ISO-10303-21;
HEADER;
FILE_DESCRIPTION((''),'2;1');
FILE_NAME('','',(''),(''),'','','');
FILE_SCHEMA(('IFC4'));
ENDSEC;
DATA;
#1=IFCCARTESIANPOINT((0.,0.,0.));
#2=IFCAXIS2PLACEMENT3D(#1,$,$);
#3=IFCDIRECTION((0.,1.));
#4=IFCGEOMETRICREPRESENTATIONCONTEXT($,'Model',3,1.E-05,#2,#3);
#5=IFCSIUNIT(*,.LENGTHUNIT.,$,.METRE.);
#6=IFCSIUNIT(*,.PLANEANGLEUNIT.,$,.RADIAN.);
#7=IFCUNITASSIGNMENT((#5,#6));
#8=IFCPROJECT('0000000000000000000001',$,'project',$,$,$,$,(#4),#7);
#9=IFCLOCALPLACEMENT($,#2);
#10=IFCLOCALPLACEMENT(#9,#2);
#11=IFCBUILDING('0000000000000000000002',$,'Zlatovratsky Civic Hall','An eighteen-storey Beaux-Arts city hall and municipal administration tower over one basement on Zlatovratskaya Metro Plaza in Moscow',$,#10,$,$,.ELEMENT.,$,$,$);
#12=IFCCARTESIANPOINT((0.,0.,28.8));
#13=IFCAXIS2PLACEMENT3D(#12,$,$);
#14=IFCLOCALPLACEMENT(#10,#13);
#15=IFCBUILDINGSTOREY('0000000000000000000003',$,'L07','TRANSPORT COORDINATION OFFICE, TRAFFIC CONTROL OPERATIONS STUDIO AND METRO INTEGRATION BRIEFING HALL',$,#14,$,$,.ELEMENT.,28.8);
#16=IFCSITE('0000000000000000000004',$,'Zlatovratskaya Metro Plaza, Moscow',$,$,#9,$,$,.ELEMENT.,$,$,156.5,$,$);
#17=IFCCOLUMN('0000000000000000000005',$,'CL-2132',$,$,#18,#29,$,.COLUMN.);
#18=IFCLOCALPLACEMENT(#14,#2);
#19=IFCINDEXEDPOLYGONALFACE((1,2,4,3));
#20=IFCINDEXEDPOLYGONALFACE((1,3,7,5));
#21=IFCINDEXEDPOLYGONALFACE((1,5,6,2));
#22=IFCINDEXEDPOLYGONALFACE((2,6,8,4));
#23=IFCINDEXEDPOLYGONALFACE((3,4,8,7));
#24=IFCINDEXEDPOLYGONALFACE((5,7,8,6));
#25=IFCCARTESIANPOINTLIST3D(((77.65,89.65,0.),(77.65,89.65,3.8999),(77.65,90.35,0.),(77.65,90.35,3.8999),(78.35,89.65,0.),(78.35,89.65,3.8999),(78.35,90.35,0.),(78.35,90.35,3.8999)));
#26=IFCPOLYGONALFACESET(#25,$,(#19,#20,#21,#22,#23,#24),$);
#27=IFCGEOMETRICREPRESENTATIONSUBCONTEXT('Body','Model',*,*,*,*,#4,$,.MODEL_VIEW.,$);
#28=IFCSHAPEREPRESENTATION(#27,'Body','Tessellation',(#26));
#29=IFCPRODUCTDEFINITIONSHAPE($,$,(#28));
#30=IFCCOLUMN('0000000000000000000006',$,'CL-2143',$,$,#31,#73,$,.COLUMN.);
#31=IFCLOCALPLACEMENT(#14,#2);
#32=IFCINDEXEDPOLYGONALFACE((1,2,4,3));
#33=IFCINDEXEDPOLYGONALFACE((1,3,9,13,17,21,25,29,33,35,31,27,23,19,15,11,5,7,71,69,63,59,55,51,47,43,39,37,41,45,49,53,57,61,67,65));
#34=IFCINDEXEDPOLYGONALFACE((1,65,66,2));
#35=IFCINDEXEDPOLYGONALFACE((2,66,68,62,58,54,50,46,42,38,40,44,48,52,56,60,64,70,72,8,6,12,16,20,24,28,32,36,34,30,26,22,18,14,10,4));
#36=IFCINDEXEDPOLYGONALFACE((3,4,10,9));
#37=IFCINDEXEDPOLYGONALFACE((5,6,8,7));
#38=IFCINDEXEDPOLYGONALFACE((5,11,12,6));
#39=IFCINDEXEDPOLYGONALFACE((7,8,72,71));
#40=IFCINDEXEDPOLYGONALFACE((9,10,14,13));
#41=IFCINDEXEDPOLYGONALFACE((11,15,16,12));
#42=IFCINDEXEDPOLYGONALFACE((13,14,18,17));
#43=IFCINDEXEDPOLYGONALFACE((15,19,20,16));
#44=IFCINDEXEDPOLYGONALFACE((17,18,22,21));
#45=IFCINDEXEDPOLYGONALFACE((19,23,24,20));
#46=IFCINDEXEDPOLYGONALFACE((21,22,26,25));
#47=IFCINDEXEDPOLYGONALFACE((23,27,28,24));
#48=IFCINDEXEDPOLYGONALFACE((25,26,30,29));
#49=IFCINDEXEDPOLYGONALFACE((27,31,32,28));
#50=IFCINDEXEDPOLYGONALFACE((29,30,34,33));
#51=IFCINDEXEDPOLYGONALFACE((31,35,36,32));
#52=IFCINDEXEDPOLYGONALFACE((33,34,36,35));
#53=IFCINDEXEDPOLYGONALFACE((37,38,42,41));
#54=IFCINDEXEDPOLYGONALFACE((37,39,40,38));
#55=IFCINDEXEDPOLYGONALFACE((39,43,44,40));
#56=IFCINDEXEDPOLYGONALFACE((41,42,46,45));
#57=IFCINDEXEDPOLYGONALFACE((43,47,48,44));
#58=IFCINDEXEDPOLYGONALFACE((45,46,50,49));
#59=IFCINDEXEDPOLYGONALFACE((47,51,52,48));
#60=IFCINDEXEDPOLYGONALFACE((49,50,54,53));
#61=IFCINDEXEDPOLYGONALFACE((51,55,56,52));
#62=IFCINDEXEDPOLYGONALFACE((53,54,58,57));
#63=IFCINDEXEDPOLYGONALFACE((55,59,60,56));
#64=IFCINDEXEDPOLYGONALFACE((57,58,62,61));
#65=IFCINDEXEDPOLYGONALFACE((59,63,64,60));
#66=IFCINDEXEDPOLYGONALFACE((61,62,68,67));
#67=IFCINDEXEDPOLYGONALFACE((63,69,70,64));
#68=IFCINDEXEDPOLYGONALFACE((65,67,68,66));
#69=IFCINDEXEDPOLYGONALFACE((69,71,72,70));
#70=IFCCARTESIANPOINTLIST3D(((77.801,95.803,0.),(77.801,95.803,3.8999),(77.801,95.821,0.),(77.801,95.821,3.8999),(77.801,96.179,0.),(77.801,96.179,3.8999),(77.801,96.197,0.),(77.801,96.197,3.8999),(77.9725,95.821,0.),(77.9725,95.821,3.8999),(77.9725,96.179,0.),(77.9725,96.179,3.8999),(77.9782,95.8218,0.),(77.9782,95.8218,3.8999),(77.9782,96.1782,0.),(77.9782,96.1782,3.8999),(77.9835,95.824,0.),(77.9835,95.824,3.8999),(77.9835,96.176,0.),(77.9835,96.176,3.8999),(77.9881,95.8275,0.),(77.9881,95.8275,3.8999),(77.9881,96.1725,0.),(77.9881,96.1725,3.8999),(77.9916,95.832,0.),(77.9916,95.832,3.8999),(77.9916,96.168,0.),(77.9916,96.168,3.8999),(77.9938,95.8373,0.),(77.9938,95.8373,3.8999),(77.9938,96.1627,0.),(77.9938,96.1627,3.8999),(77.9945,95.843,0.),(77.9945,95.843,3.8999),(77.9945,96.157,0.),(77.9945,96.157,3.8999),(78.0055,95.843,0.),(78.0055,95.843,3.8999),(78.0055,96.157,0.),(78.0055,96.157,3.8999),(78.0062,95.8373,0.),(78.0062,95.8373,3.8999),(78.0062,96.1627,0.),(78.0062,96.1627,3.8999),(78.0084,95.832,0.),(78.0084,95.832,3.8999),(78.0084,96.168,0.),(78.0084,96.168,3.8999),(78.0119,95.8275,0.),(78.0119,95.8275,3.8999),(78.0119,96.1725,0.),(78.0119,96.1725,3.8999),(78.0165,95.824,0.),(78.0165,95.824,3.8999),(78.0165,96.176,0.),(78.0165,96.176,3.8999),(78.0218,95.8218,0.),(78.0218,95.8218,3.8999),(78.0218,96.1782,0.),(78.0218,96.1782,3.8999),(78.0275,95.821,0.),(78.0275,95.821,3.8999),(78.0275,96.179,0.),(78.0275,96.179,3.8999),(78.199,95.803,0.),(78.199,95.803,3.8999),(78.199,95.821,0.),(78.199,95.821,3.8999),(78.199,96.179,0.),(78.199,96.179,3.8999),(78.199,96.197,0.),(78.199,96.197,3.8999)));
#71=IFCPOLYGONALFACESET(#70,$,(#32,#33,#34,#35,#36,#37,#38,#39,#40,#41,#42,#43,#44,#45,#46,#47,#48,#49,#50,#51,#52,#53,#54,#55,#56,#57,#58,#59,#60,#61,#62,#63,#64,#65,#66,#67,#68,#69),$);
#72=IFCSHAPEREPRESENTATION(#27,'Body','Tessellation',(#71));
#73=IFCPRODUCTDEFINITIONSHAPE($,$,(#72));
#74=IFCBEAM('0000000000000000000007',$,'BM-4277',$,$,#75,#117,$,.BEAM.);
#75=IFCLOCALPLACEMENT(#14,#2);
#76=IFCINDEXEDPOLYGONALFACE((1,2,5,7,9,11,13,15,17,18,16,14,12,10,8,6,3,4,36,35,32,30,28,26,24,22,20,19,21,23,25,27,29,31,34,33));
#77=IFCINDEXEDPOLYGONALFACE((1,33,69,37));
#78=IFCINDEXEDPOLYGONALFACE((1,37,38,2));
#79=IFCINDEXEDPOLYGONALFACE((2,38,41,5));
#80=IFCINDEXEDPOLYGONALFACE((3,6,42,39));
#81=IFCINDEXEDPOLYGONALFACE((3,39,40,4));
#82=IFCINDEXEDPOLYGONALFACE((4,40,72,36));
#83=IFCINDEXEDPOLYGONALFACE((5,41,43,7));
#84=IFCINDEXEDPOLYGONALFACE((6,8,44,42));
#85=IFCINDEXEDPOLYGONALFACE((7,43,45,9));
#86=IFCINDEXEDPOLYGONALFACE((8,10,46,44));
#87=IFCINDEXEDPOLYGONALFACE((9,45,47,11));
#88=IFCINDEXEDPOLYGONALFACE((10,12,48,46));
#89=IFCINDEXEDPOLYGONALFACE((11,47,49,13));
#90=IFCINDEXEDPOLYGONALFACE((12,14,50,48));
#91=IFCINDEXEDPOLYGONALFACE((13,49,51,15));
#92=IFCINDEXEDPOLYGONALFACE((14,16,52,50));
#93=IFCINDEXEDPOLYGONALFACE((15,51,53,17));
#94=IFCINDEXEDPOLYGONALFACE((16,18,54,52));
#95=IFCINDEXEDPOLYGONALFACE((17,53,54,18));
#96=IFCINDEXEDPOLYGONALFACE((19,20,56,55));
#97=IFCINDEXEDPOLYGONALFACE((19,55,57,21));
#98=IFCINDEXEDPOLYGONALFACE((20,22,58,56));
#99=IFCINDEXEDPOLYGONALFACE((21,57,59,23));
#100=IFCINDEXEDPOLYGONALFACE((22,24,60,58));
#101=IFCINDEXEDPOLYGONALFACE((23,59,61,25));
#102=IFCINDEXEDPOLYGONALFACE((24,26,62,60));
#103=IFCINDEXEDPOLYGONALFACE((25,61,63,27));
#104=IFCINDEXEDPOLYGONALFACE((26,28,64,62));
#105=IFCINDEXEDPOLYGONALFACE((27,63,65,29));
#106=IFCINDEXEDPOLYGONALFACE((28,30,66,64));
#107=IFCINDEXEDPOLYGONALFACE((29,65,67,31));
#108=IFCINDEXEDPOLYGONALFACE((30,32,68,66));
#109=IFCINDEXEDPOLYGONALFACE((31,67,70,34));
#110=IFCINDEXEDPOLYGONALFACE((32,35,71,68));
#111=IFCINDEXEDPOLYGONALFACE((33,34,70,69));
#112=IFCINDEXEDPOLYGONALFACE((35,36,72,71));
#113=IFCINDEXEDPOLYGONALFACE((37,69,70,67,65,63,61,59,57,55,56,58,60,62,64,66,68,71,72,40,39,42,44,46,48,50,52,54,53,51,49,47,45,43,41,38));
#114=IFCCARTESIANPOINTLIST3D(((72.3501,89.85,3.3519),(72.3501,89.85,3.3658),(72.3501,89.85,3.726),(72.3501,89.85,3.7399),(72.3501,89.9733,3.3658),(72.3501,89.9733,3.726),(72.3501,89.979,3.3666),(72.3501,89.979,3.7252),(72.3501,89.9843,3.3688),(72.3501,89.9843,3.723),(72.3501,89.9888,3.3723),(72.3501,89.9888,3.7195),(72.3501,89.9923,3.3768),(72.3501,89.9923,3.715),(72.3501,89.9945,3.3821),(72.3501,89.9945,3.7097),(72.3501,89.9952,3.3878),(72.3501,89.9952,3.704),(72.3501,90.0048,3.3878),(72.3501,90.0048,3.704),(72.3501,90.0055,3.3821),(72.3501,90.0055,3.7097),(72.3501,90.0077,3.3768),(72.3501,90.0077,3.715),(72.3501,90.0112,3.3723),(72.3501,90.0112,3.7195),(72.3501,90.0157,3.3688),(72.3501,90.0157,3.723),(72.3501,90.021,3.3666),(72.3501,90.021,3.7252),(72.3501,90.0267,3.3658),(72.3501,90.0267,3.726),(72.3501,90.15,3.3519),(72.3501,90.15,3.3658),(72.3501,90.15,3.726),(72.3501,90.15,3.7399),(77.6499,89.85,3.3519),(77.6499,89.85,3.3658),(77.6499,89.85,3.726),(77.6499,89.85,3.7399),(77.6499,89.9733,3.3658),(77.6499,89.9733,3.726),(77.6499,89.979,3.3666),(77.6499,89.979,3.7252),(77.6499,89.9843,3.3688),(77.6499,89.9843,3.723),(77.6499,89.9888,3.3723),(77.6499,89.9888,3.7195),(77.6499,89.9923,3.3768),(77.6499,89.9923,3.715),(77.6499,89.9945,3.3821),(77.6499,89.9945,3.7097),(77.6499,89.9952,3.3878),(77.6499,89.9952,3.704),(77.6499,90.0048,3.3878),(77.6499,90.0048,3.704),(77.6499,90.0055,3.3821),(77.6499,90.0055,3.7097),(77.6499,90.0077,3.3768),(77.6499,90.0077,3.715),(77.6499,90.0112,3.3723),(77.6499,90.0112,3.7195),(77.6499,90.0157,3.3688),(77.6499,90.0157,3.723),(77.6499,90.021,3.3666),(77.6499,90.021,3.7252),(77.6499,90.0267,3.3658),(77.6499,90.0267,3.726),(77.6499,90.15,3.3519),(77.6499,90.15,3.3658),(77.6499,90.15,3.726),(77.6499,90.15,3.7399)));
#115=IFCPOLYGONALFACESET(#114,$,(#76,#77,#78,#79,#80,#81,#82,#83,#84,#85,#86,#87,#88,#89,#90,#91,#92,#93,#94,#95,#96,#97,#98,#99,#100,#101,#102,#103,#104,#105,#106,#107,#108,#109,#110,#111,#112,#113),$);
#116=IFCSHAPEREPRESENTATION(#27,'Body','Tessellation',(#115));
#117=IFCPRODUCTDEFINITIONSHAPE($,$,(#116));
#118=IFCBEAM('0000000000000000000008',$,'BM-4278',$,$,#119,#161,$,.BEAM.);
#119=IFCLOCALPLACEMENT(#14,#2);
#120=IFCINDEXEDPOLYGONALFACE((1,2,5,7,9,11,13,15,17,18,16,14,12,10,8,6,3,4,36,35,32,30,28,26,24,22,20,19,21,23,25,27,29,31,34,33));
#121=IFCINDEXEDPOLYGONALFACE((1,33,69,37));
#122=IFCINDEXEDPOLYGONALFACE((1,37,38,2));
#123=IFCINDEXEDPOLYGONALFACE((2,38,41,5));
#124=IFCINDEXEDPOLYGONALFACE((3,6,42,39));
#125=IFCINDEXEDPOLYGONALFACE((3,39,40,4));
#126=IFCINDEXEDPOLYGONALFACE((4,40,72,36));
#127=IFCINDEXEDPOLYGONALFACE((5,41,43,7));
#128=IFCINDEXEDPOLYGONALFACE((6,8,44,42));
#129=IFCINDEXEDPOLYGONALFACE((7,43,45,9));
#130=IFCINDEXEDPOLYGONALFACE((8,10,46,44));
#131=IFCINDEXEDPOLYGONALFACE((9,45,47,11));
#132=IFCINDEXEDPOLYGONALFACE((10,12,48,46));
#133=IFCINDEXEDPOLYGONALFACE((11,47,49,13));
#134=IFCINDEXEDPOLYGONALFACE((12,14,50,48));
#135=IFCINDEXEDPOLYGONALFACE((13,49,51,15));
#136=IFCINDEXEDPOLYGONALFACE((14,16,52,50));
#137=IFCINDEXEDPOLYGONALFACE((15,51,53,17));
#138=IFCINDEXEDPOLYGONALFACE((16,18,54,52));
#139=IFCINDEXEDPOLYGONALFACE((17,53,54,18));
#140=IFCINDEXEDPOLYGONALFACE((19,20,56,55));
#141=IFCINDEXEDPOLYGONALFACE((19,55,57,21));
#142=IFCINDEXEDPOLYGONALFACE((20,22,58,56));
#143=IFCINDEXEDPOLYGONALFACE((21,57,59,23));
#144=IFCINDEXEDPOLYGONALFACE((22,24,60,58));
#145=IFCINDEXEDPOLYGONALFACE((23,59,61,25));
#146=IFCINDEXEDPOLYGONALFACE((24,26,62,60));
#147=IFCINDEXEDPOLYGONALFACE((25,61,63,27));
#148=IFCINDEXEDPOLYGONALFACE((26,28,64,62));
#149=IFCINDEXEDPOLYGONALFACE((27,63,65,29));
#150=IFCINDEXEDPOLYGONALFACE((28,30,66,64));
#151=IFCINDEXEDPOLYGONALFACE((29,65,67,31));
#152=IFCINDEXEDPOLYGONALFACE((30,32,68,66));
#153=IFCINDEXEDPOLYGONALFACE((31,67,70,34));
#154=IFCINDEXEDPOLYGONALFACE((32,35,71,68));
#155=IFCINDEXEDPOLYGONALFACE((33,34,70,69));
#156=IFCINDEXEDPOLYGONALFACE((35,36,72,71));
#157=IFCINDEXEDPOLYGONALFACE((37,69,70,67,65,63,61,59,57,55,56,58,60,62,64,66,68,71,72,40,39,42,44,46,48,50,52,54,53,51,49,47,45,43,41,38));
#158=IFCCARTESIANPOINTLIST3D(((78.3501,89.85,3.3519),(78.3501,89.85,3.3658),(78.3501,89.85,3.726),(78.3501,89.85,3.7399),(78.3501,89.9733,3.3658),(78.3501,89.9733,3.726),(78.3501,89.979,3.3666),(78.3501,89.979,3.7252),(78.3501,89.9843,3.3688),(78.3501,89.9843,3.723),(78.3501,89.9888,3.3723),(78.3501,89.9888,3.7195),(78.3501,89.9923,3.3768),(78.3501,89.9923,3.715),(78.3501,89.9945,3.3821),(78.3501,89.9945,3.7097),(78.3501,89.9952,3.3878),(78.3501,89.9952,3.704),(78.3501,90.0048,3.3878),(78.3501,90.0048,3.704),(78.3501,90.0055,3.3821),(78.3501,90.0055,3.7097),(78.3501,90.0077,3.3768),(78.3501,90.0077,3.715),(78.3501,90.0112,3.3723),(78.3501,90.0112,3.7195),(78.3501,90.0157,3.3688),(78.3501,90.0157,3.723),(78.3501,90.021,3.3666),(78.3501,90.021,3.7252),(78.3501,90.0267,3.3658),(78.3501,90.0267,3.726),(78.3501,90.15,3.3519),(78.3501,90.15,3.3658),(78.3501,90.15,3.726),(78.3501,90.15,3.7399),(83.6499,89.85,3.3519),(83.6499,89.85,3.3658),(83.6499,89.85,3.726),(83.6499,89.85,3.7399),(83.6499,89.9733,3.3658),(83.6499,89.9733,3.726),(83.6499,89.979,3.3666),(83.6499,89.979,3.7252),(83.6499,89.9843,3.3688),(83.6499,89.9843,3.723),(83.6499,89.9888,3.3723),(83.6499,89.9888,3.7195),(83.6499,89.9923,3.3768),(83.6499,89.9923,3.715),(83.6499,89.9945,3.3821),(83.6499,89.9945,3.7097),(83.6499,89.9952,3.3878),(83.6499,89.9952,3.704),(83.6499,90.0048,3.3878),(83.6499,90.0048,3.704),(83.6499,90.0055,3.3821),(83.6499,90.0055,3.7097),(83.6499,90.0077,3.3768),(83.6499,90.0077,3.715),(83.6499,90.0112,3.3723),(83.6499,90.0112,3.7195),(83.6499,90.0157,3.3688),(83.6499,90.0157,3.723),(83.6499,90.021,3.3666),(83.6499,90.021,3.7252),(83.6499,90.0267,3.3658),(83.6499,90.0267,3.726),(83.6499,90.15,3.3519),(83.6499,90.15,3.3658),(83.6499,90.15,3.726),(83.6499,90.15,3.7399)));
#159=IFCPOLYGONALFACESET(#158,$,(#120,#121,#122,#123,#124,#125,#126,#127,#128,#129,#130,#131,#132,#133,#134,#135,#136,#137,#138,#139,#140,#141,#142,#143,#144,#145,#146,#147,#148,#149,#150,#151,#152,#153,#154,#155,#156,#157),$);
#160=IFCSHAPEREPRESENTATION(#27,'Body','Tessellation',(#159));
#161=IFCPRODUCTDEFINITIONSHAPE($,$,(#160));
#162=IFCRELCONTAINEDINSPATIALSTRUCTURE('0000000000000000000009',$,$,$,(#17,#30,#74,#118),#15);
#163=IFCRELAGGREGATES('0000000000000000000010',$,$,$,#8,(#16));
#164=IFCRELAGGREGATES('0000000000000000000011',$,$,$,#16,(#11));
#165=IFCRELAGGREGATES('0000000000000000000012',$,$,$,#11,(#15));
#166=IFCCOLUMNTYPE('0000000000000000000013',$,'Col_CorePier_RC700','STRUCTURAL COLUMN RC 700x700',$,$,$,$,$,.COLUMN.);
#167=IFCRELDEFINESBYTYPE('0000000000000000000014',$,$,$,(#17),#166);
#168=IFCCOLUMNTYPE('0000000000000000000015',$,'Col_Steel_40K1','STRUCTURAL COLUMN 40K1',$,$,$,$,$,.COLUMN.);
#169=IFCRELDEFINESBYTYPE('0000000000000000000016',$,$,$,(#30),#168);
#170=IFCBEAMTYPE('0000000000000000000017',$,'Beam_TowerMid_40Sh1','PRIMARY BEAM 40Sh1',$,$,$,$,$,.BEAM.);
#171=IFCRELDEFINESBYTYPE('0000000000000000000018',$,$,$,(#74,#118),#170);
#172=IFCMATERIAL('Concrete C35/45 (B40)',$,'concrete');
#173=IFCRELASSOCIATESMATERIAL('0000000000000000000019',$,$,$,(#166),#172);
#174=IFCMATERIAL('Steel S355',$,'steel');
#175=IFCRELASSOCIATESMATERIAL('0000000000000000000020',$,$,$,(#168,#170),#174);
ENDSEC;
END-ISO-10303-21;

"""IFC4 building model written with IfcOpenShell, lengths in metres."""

from ifc_helpers import new_model, si_unit, direction, frame, origin, origin_2d, place, context, subcontext, project, spatial, rectangle, i_section, extrude, material, material_profile, profile_set, type_object, element, save


model = new_model("IFC4")

# Units and contexts
model_context = context("Model", 3, precision=1e-05, world=origin(), true_north=direction((0.0, 1.0)))
body_context = subcontext(model_context, "Body", "Model", "MODEL_VIEW")
ifc_project = project(units=[si_unit("LENGTHUNIT", "METRE"), si_unit("PLANEANGLEUNIT", "RADIAN")], contexts=[model_context])

# Site, building, storey
site_placement = place(None, origin())
site = spatial("IfcSite", under=ifc_project, at=site_placement, Name="Zlatovratskaya Metro Plaza, Moscow", CompositionType="ELEMENT", RefElevation=156.5)
building_placement = place(site_placement, origin())
building = spatial("IfcBuilding", under=site, at=building_placement, Name="Zlatovratsky Civic Hall", Description="An eighteen-storey Beaux-Arts city hall and municipal administration tower over one basement on Zlatovratskaya Metro Plaza in Moscow", CompositionType="ELEMENT")
storey_placement = place(building_placement, frame((0.0, 0.0, 28.8)))
storey = spatial("IfcBuildingStorey", under=building, at=storey_placement, Name="L07", Description="TRANSPORT COORDINATION OFFICE, TRAFFIC CONTROL OPERATIONS STUDIO AND METRO INTEGRATION BRIEFING HALL", CompositionType="ELEMENT", Elevation=28.8)

# Columns
ifc_material_1 = material(Name="Concrete C35/45 (B40)", Category="concrete")
ifc_material_profile_1 = material_profile(ifc_material_1, rectangle(XDim=0.7, YDim=0.7, at=origin_2d()), Name="RC 700x700")
ifc_profile_set_1 = profile_set([ifc_material_profile_1], Name="Concrete C35/45 (B40)")
column_type_1 = type_object("IfcColumnType", Name="Col_CorePier_RC700", Description="STRUCTURAL COLUMN RC 700x700", PredefinedType="COLUMN", material=ifc_profile_set_1)
column_1_placement = place(storey_placement, frame((78.0, 90.0, 0.0), z_axis=(0.0, 0.0, 1.0), x_axis=(1.0, 0.0, 0.0)))
element("IfcColumn", 1, at=column_1_placement, inside=storey, type_object=column_type_1, Name="CL-2132", PredefinedType="COLUMN", context=body_context, shape_type="SweptSolid", body=[
    extrude(rectangle(XDim=0.7, YDim=0.7, at=origin_2d()), origin(), (0.0, 0.0, 1.0), 3.8999),
])
ifc_material_2 = material(Name="Steel S355", Category="steel")
ifc_material_profile_2 = material_profile(ifc_material_2, i_section(OverallWidth=0.3979, OverallDepth=0.394, WebThickness=0.011, FlangeThickness=0.0181, FilletRadius=0.022, at=origin_2d()), Name="40K1")
ifc_profile_set_2 = profile_set([ifc_material_profile_2], Name="Steel S355")
column_type_2 = type_object("IfcColumnType", Name="Col_Steel_40K1", Description="STRUCTURAL COLUMN 40K1", PredefinedType="COLUMN", material=ifc_profile_set_2)
column_2_placement = place(storey_placement, frame((78.0, 96.0, 0.0), z_axis=(0.0, 0.0, 1.0), x_axis=(1.0, 0.0, 0.0)))
element("IfcColumn", 2, at=column_2_placement, inside=storey, type_object=column_type_2, Name="CL-2143", PredefinedType="COLUMN", context=body_context, shape_type="SweptSolid", body=[
    extrude(i_section(OverallWidth=0.3979, OverallDepth=0.394, WebThickness=0.011, FlangeThickness=0.0181, FilletRadius=0.022, at=origin_2d()), origin(), (0.0, 0.0, 1.0), 3.8999),
])

# Beams
ifc_material_profile_3 = material_profile(ifc_material_2, i_section(OverallWidth=0.3, OverallDepth=0.3879, WebThickness=0.0095, FlangeThickness=0.0139, FilletRadius=0.022, at=origin_2d()), Name="40Sh1")
ifc_profile_set_3 = profile_set([ifc_material_profile_3], Name="Steel S355")
beam_type_1 = type_object("IfcBeamType", Name="Beam_TowerMid_40Sh1", Description="PRIMARY BEAM 40Sh1", PredefinedType="BEAM", material=ifc_profile_set_3)
for number, where, z_axis, x_axis, name in (
    (3, (72.3501, 90.0, 3.5459), (1.0, 0.0, 0.0), (0.0, 1.0, 0.0), "BM-4277"),
    (4, (78.3501, 90.0, 3.5459), (1.0, 0.0, 0.0), (0.0, 1.0, 0.0), "BM-4278"),
):
    element("IfcBeam", number, at=place(storey_placement, frame(where, z_axis=z_axis, x_axis=x_axis)), inside=storey, type_object=beam_type_1, Name=name, PredefinedType="BEAM", context=body_context, shape_type="SweptSolid", body=[
        extrude(i_section(OverallWidth=0.3, OverallDepth=0.3879, WebThickness=0.0095, FlangeThickness=0.0139, FilletRadius=0.022, at=origin_2d()), origin(), (0.0, 0.0, 1.0), 5.2998),
    ])

save(model, "model.ifc")
